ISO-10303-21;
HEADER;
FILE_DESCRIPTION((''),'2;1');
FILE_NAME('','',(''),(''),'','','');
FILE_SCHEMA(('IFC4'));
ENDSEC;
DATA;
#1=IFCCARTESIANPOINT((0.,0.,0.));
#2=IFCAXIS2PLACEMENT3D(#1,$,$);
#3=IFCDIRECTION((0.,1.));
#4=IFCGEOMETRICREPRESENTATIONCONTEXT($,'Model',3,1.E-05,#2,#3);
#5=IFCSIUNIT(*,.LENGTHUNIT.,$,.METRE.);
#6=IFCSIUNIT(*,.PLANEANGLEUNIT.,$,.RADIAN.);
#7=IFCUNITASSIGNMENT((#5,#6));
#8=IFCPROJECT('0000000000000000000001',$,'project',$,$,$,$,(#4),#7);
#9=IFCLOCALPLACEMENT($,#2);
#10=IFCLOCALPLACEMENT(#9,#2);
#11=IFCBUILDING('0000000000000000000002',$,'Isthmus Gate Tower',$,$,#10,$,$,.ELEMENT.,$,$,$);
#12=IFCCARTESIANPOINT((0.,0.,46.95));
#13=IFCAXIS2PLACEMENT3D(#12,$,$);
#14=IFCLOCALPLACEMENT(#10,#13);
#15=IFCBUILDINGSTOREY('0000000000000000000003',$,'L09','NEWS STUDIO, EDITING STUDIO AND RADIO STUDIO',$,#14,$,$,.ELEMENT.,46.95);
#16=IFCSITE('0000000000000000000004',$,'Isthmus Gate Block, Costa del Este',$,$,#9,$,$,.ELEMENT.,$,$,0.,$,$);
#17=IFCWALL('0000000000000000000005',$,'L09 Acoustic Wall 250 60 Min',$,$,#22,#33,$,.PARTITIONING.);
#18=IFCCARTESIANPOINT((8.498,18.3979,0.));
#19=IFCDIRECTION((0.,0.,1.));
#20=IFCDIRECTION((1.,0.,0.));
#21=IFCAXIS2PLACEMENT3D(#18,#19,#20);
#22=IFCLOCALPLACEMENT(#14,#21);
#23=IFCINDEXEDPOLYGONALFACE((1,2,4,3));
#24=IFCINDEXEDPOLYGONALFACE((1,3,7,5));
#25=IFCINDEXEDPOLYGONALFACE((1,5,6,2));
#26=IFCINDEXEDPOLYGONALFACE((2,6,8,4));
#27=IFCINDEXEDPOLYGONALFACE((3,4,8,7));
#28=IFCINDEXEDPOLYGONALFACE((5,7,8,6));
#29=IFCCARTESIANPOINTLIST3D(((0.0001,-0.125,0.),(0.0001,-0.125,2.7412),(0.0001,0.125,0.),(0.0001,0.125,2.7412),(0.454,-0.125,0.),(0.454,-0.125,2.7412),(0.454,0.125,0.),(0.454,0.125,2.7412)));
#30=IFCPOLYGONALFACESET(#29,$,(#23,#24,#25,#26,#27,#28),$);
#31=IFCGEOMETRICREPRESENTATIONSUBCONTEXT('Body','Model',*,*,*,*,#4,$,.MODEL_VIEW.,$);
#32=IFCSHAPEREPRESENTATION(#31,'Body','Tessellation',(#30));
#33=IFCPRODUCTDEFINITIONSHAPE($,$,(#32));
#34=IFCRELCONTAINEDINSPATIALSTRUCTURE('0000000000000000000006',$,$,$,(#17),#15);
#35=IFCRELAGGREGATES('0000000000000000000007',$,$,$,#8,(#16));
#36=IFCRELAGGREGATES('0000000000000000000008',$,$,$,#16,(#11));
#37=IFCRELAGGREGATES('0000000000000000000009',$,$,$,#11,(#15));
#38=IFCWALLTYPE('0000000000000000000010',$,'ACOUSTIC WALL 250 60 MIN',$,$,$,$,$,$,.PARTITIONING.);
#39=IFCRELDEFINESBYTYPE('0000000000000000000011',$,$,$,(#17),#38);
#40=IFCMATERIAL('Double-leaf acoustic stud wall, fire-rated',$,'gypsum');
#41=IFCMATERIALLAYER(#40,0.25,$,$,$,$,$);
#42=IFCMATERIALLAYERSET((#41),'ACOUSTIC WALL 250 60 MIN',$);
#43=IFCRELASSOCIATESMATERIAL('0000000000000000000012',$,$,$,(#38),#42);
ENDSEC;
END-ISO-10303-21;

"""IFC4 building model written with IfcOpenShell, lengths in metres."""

from ifc_helpers import new_model, si_unit, direction, frame, frame_2d, origin, place, context, subcontext, project, spatial, rectangle, extrude, material, layer, layer_set, type_object, element, save


model = new_model("IFC4")

# Units and contexts
model_context = context("Model", 3, precision=1e-05, world=origin(), true_north=direction((0.0, 1.0)))
body_context = subcontext(model_context, "Body", "Model", "MODEL_VIEW")
ifc_project = project(units=[si_unit("LENGTHUNIT", "METRE"), si_unit("PLANEANGLEUNIT", "RADIAN")], contexts=[model_context])

# Site, building, storey
site_placement = place(None, origin())
site = spatial("IfcSite", under=ifc_project, at=site_placement, Name="Isthmus Gate Block, Costa del Este", CompositionType="ELEMENT", RefElevation=0.0)
building_placement = place(site_placement, origin())
building = spatial("IfcBuilding", under=site, at=building_placement, Name="Isthmus Gate Tower", CompositionType="ELEMENT")
storey_placement = place(building_placement, frame((0.0, 0.0, 46.95)))
storey = spatial("IfcBuildingStorey", under=building, at=storey_placement, Name="L09", Description="NEWS STUDIO, EDITING STUDIO AND RADIO STUDIO", CompositionType="ELEMENT", Elevation=46.95)

# Wall
ifc_material_1 = material(Name="Double-leaf acoustic stud wall, fire-rated", Category="gypsum")
ifc_layer_1 = layer(ifc_material_1, 0.25)
ifc_layer_set_1 = layer_set([ifc_layer_1], Name="ACOUSTIC WALL 250 60 MIN")
wall_type_1 = type_object("IfcWallType", Name="ACOUSTIC WALL 250 60 MIN", PredefinedType="PARTITIONING", material=ifc_layer_set_1)
wall_1_placement = place(storey_placement, frame((8.498, 18.3979, 0.0), z_axis=(0.0, 0.0, 1.0), x_axis=(1.0, 0.0, 0.0)))
element("IfcWall", 1, at=wall_1_placement, inside=storey, type_object=wall_type_1, Name="L09 Acoustic Wall 250 60 Min", PredefinedType="PARTITIONING", context=body_context, shape_type="SweptSolid", body=[
    extrude(rectangle(XDim=0.4539, YDim=0.25, at=frame_2d((0.2271, 0.0))), origin(), (0.0, 0.0, 1.0), 2.7412),
])

save(model, "model.ifc")
